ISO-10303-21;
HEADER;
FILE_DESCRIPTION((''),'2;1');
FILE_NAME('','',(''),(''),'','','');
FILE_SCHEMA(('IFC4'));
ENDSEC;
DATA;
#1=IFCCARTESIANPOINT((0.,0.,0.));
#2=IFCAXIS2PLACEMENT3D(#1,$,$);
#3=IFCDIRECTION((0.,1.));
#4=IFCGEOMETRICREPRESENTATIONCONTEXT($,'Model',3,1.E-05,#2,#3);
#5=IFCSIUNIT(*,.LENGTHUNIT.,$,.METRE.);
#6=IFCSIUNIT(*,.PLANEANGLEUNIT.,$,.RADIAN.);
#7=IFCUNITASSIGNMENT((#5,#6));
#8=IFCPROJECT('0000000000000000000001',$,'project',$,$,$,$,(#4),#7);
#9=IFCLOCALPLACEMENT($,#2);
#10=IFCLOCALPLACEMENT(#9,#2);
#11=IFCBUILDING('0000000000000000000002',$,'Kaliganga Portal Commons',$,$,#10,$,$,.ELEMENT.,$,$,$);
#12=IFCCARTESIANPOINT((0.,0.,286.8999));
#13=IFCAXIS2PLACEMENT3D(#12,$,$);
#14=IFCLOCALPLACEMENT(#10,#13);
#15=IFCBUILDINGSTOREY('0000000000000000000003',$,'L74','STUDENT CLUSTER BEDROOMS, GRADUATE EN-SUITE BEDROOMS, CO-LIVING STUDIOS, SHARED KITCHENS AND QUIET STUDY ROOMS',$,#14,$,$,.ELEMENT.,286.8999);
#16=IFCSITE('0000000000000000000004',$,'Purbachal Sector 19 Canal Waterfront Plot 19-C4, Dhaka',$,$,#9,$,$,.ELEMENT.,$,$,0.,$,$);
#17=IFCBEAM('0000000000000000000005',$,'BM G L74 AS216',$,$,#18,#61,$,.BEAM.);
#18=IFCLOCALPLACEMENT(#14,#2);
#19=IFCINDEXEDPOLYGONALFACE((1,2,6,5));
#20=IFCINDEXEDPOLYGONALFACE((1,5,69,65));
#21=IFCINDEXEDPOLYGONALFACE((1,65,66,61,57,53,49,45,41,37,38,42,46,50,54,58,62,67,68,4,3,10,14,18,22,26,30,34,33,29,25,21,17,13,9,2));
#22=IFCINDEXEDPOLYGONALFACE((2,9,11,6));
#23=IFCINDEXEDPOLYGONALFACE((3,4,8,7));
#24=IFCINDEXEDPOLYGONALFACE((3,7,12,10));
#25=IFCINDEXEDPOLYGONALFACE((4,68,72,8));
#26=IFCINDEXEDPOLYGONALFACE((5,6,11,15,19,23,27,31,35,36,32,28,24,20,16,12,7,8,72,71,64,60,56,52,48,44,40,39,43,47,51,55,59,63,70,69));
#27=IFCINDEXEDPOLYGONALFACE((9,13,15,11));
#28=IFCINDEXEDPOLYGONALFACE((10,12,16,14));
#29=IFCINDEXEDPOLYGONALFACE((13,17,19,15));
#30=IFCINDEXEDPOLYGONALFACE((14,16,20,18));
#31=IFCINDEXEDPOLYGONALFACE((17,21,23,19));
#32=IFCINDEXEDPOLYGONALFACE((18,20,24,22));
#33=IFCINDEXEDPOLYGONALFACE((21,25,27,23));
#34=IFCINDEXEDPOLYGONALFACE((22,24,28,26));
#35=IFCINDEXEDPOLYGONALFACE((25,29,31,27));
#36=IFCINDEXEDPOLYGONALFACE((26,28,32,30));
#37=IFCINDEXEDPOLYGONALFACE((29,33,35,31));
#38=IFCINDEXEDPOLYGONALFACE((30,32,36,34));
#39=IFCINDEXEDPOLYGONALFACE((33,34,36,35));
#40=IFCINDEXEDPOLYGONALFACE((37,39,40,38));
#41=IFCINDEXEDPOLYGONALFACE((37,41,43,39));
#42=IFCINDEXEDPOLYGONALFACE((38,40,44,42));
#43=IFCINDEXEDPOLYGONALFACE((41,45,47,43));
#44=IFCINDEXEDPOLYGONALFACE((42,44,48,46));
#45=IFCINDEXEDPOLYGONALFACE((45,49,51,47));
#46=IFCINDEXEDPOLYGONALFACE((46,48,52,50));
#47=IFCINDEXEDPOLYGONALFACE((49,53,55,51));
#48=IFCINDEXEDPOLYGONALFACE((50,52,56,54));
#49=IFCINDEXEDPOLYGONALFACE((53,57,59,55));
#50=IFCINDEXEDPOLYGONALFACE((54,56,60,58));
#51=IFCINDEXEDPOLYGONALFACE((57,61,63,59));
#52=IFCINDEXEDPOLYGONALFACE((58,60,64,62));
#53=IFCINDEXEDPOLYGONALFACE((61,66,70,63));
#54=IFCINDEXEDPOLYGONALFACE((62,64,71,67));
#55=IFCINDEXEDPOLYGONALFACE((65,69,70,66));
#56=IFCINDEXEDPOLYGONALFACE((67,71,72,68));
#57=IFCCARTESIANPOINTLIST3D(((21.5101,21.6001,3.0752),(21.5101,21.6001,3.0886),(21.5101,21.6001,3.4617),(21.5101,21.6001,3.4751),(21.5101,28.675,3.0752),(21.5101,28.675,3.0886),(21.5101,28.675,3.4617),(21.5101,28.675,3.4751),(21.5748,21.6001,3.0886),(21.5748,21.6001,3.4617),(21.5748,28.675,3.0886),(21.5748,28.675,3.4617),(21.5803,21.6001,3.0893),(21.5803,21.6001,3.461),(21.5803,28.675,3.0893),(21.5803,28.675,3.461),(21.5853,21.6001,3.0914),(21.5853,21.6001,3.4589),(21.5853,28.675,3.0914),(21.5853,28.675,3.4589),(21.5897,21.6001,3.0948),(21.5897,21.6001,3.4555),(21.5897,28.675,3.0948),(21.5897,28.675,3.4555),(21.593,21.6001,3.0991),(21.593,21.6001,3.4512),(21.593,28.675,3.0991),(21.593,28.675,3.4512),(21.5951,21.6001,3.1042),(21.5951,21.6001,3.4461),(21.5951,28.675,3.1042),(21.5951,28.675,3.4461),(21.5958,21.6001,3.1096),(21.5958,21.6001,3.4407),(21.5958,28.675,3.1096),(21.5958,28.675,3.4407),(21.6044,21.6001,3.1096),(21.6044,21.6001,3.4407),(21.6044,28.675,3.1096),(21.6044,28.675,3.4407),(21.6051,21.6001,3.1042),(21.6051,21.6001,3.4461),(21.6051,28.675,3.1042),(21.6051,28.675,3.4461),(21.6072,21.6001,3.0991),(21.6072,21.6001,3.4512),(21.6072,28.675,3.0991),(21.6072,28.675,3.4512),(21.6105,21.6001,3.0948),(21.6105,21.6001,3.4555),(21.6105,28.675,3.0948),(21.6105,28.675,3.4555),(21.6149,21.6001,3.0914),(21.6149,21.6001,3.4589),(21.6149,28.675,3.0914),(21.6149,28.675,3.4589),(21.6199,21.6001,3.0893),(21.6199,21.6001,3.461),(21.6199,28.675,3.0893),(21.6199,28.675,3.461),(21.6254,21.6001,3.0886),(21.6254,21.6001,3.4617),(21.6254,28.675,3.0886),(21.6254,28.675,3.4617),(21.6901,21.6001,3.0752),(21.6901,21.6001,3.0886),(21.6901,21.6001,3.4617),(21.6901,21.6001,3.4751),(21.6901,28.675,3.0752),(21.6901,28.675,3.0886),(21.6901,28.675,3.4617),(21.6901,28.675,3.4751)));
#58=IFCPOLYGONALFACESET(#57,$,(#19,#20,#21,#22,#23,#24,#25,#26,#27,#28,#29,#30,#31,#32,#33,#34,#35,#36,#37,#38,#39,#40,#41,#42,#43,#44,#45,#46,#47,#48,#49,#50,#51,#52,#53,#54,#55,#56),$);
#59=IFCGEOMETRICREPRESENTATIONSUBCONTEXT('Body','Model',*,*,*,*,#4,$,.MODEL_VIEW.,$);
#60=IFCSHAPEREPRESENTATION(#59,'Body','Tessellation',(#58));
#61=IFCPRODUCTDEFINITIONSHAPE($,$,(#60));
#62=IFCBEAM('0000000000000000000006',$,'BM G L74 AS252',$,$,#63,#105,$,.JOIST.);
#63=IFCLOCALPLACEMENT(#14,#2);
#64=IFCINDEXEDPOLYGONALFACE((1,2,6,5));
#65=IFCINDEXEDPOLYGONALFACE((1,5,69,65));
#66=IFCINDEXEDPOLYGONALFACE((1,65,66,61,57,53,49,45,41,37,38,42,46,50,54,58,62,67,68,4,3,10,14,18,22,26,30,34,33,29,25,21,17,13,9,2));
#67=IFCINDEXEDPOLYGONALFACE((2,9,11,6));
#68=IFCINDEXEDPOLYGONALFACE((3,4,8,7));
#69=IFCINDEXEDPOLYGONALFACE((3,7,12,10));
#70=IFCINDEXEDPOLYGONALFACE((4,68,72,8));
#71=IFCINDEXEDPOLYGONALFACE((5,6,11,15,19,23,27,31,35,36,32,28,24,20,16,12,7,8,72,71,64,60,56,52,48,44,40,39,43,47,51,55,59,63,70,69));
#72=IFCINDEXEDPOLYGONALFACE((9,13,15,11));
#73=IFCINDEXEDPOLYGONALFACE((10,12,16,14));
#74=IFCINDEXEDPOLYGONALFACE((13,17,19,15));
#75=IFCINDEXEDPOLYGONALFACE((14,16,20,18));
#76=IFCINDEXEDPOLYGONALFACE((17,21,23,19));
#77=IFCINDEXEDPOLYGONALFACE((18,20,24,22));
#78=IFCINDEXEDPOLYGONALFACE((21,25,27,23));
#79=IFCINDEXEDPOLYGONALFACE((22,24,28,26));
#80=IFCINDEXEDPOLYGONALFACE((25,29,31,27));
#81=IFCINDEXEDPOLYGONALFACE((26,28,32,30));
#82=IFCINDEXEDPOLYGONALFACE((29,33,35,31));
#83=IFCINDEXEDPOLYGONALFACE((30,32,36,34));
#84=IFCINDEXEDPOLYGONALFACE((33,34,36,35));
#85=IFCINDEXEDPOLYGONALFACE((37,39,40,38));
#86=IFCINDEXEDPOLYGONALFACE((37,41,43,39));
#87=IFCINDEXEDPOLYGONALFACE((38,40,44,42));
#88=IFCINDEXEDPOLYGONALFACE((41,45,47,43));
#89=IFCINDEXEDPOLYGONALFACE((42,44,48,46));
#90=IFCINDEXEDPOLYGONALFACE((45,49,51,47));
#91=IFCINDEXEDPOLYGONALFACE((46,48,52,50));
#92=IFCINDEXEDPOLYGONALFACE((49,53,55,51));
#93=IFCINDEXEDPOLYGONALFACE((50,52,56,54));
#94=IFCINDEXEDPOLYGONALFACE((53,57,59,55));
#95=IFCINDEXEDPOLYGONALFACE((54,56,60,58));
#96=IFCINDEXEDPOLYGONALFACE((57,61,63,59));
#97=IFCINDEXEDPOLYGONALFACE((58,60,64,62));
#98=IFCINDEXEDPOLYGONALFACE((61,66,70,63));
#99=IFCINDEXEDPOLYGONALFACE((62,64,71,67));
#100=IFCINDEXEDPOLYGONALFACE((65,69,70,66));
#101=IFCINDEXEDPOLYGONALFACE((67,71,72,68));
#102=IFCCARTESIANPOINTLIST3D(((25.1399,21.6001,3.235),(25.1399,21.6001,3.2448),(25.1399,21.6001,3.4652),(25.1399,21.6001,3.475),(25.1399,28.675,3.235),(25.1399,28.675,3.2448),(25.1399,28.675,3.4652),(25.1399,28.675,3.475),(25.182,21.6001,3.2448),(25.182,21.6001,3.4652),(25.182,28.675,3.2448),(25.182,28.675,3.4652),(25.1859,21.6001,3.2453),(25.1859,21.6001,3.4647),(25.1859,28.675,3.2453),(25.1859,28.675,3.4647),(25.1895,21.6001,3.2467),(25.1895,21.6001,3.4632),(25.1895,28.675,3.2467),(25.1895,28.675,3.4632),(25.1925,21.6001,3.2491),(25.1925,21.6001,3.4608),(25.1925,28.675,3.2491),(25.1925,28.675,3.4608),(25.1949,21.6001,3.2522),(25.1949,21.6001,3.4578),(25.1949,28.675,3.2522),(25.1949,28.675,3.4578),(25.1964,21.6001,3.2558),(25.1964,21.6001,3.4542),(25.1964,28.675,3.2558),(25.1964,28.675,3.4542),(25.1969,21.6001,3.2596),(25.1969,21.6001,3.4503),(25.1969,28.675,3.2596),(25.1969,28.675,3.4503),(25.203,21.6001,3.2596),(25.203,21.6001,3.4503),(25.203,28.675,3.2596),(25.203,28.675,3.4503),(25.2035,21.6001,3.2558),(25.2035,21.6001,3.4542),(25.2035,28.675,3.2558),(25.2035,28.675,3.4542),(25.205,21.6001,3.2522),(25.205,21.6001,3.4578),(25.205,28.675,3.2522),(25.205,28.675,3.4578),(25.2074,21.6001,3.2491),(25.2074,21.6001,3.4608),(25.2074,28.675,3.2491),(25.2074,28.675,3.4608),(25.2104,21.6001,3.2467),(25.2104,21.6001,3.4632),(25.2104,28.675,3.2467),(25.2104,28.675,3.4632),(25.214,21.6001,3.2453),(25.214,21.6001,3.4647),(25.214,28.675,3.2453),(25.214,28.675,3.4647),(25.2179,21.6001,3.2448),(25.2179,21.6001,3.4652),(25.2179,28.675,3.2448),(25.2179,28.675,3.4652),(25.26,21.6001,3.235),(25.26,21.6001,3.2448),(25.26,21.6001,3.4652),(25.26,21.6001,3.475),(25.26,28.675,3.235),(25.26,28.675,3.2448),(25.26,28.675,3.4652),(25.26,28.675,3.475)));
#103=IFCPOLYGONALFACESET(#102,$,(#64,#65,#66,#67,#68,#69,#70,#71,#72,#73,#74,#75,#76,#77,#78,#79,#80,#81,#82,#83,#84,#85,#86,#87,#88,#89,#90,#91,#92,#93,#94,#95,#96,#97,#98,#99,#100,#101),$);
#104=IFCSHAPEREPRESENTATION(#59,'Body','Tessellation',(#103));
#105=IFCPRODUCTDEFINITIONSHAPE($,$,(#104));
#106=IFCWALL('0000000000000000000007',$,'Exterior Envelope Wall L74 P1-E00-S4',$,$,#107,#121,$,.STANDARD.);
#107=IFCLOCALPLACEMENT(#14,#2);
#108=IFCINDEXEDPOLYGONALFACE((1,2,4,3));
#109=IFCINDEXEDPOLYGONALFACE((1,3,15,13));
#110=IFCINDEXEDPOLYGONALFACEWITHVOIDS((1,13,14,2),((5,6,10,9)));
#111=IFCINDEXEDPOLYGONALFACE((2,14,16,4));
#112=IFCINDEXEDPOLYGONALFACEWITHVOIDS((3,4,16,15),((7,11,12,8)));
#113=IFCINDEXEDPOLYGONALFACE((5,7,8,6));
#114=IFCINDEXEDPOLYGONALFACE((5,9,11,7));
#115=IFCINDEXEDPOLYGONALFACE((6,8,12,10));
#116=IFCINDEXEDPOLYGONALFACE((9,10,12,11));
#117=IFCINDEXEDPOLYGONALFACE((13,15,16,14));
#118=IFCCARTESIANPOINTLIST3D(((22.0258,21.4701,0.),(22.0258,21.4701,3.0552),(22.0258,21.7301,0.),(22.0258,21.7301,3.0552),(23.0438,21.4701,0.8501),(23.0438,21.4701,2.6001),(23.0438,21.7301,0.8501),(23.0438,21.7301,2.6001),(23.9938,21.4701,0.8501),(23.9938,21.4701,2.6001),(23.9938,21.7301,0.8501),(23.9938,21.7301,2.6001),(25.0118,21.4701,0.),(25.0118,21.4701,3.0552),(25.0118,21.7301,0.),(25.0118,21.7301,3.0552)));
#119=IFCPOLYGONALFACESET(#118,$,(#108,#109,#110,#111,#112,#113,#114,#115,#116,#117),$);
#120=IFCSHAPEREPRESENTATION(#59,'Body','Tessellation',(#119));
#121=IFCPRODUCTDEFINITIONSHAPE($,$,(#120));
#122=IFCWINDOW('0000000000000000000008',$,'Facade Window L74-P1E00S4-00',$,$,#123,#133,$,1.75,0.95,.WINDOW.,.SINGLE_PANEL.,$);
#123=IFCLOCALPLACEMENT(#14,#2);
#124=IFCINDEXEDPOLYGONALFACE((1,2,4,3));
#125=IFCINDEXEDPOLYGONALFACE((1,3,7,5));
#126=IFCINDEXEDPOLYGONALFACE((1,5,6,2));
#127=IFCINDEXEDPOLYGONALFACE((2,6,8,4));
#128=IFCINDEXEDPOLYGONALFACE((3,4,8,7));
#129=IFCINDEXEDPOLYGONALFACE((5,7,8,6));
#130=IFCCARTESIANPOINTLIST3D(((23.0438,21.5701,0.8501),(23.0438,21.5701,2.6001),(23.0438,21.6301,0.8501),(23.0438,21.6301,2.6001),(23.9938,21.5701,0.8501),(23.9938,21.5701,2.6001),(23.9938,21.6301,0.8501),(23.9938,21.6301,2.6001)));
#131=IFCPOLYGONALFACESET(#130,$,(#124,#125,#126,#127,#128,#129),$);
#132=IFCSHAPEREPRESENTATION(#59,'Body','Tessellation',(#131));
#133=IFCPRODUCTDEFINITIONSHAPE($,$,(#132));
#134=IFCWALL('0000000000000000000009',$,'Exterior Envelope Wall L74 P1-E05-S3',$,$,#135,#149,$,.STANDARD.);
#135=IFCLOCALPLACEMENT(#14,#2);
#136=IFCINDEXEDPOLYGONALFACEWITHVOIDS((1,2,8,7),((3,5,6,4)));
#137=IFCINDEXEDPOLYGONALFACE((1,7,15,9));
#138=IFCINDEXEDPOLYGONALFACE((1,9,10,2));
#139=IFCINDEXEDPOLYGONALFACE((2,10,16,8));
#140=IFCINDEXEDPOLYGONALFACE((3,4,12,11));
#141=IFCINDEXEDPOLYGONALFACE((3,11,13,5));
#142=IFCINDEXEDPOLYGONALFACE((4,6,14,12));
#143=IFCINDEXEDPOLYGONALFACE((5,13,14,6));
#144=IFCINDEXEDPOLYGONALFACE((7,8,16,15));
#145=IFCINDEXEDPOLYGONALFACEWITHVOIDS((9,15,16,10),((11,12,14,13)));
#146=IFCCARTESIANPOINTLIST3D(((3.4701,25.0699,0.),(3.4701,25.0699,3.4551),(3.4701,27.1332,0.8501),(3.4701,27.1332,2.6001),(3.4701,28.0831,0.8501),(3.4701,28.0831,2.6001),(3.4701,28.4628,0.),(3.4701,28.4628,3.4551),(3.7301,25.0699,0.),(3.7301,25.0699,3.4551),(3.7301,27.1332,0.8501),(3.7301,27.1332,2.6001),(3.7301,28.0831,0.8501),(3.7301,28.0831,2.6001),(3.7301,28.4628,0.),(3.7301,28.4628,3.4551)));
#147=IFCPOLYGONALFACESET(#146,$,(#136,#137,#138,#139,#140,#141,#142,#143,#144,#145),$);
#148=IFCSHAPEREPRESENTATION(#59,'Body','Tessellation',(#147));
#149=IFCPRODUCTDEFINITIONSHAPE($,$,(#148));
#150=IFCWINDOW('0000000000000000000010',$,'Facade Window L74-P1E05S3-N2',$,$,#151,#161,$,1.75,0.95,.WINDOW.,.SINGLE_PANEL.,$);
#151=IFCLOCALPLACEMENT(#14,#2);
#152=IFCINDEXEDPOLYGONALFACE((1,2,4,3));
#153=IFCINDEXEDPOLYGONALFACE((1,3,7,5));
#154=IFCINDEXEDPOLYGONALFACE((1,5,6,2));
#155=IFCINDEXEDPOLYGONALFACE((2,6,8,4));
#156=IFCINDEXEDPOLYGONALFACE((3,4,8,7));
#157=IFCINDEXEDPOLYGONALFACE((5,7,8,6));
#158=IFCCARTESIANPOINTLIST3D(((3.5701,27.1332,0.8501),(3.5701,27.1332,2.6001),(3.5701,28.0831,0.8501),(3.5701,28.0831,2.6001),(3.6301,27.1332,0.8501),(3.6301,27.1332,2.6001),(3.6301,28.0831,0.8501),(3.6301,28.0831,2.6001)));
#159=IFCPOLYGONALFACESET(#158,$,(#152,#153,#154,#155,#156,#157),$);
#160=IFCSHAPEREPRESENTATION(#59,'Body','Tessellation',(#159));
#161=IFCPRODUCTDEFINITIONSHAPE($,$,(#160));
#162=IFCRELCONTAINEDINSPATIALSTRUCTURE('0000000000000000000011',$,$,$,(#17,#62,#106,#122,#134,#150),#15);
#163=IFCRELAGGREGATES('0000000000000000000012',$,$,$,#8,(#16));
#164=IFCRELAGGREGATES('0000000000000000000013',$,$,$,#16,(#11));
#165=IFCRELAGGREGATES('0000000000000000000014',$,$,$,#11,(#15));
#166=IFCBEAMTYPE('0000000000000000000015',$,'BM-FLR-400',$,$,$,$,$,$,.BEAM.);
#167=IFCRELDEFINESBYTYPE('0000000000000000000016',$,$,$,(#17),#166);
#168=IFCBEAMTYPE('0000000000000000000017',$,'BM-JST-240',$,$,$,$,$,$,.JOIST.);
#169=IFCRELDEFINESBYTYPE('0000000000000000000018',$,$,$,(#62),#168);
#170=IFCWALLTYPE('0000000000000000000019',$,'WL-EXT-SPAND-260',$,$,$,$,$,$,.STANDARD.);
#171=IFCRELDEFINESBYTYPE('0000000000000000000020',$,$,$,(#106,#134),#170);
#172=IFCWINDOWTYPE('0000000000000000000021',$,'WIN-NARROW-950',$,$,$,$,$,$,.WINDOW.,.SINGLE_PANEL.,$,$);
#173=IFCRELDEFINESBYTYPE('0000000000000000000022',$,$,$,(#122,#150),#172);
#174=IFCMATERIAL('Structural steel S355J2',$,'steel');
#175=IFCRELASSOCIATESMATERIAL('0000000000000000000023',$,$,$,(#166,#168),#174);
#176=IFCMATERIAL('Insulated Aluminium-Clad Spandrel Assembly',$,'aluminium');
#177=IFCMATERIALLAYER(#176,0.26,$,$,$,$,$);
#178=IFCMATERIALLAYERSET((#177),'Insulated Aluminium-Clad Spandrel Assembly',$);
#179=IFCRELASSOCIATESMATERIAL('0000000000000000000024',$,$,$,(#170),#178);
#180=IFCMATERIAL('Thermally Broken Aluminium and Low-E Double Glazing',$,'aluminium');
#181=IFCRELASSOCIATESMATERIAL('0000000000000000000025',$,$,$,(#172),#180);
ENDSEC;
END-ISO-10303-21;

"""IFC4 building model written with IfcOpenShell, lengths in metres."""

from ifc_helpers import new_model, si_unit, direction, frame, frame_2d, origin, origin_2d, place, context, subcontext, project, spatial, rectangle, i_section, extrude, source, transform, mapped, material, layer, layer_set, material_profile, profile_set, type_object, element, fill, save


model = new_model("IFC4")

# Units and contexts
model_context = context("Model", 3, precision=1e-05, world=origin(), true_north=direction((0.0, 1.0)))
body_context = subcontext(model_context, "Body", "Model", "MODEL_VIEW")
ifc_project = project(units=[si_unit("LENGTHUNIT", "METRE"), si_unit("PLANEANGLEUNIT", "RADIAN")], contexts=[model_context])

# Site, building, storey
site_placement = place(None, origin())
site = spatial("IfcSite", under=ifc_project, at=site_placement, Name="Purbachal Sector 19 Canal Waterfront Plot 19-C4, Dhaka", CompositionType="ELEMENT", RefElevation=0.0)
building_placement = place(site_placement, origin())
building = spatial("IfcBuilding", under=site, at=building_placement, Name="Kaliganga Portal Commons", CompositionType="ELEMENT")
storey_placement = place(building_placement, frame((0.0, 0.0, 286.8999)))
storey = spatial("IfcBuildingStorey", under=building, at=storey_placement, Name="L74", Description="STUDENT CLUSTER BEDROOMS, GRADUATE EN-SUITE BEDROOMS, CO-LIVING STUDIOS, SHARED KITCHENS AND QUIET STUDY ROOMS", CompositionType="ELEMENT", Elevation=286.8999)

# Shared definitions
ifc_material_1 = material(Name="Structural steel S355J2", Category="steel")

# Beams
ifc_material_profile_1 = material_profile(ifc_material_1, i_section(OverallWidth=0.1799, OverallDepth=0.3999, WebThickness=0.0085, FlangeThickness=0.0134, FilletRadius=0.021, at=origin_2d()), Name="IPE 400")
ifc_profile_set_1 = profile_set([ifc_material_profile_1], Name="Structural steel S355J2 wide-flange")
beam_type_1 = type_object("IfcBeamType", Name="BM-FLR-400", PredefinedType="BEAM", material=ifc_profile_set_1)
shared_shape_1 = source(origin(), body_context, "Body", "SweptSolid", [
    extrude(i_section(OverallWidth=0.1799, OverallDepth=0.3999, WebThickness=0.0085, FlangeThickness=0.0134, FilletRadius=0.021, at=origin_2d()), origin(), (0.0, 0.0, 1.0), 7.075),
])
beam_1_placement = place(storey_placement, frame((21.6001, 21.6001, 3.2751), z_axis=(0.0, 1.0, 0.0), x_axis=(-1.0, 0.0, 0.0)))
element("IfcBeam", 1, at=beam_1_placement, inside=storey, type_object=beam_type_1, Name="BM G L74 AS216", PredefinedType="BEAM", context=body_context, shape_type="MappedRepresentation", body=[
    mapped(shared_shape_1, transform((0.0, 0.0, 0.0), x_axis=(1.0, 0.0, 0.0), y_axis=(0.0, 1.0, 0.0), z_axis=(0.0, 0.0, 1.0), scale=1.0)),
])
ifc_material_profile_2 = material_profile(ifc_material_1, i_section(OverallWidth=0.1201, OverallDepth=0.24, WebThickness=0.0061, FlangeThickness=0.0098, FilletRadius=0.0149, at=origin_2d()), Name="IPE 240")
ifc_profile_set_2 = profile_set([ifc_material_profile_2], Name="Structural steel S355J2 wide-flange")
beam_type_2 = type_object("IfcBeamType", Name="BM-JST-240", PredefinedType="JOIST", material=ifc_profile_set_2)
shared_shape_2 = source(origin(), body_context, "Body", "SweptSolid", [
    extrude(i_section(OverallWidth=0.1201, OverallDepth=0.24, WebThickness=0.0061, FlangeThickness=0.0098, FilletRadius=0.0149, at=origin_2d()), origin(), (0.0, 0.0, 1.0), 7.075),
])
beam_2_placement = place(storey_placement, frame((25.2, 21.6001, 3.355), z_axis=(0.0, 1.0, 0.0), x_axis=(-1.0, 0.0, 0.0)))
element("IfcBeam", 2, at=beam_2_placement, inside=storey, type_object=beam_type_2, Name="BM G L74 AS252", PredefinedType="JOIST", context=body_context, shape_type="MappedRepresentation", body=[
    mapped(shared_shape_2, transform((0.0, 0.0, 0.0), x_axis=(1.0, 0.0, 0.0), y_axis=(0.0, 1.0, 0.0), z_axis=(0.0, 0.0, 1.0), scale=1.0)),
])

# Walls, openings, windows
ifc_material_2 = material(Name="Insulated Aluminium-Clad Spandrel Assembly", Category="aluminium")
ifc_layer_1 = layer(ifc_material_2, 0.26)
ifc_layer_set_1 = layer_set([ifc_layer_1], Name="Insulated Aluminium-Clad Spandrel Assembly")
wall_type_1 = type_object("IfcWallType", Name="WL-EXT-SPAND-260", PredefinedType="STANDARD", material=ifc_layer_set_1)
wall_1_placement = place(storey_placement, frame((25.012, 21.6001, 0.0), z_axis=(0.0, 0.0, 1.0), x_axis=(-1.0, 0.0, 0.0)))
wall_1 = element("IfcWall", 3, at=wall_1_placement, inside=storey, type_object=wall_type_1, Name="Exterior Envelope Wall L74 P1-E00-S4", PredefinedType="STANDARD", context=body_context, shape_type="SweptSolid", body=[
    extrude(rectangle(XDim=2.9861, YDim=0.26, at=frame_2d((1.4932, 0.0))), origin(), (0.0, 0.0, 1.0), 3.0552),
])
opening_1_placement = place(wall_1_placement, frame((1.0181, 0.0, 0.8501)))
opening_1 = element("IfcOpeningElement", 4, at=opening_1_placement, cuts=wall_1, PredefinedType="OPENING", context=body_context, shape_type="SweptSolid", body=[
    extrude(rectangle(XDim=0.95, YDim=1.75, at=frame_2d((0.4751, 0.875))), frame((0.0, 0.1401, 0.0), z_axis=(0.0, -1.0, 0.0), x_axis=(1.0, 0.0, 0.0)), (0.0, 0.0, 1.0), 0.28),
])
ifc_material_3 = material(Name="Thermally Broken Aluminium and Low-E Double Glazing", Category="aluminium")
window_type_1 = type_object("IfcWindowType", Name="WIN-NARROW-950", PartitioningType="SINGLE_PANEL", PredefinedType="WINDOW", material=ifc_material_3)
window_1_placement = place(opening_1_placement, origin())
window_1 = element("IfcWindow", 5, at=window_1_placement, inside=storey, type_object=window_type_1, Name="Facade Window L74-P1E00S4-00", OverallHeight=1.75, OverallWidth=0.95, PartitioningType="SINGLE_PANEL", PredefinedType="WINDOW", context=body_context, shape_type="SweptSolid", body=[
    extrude(rectangle(XDim=0.95, YDim=1.75, at=frame_2d((0.4751, 0.875))), frame((0.0, 0.03, 0.0), z_axis=(0.0, -1.0, 0.0), x_axis=(1.0, 0.0, 0.0)), (0.0, 0.0, 1.0), 0.0601),
])
fill(opening_1, window_1)
wall_2_placement = place(storey_placement, frame((3.6001, 25.0701, 0.0), z_axis=(0.0, 0.0, 1.0), x_axis=(0.0, 1.0, 0.0)))
wall_2 = element("IfcWall", 6, at=wall_2_placement, inside=storey, type_object=wall_type_1, Name="Exterior Envelope Wall L74 P1-E05-S3", PredefinedType="STANDARD", context=body_context, shape_type="SweptSolid", body=[
    extrude(rectangle(XDim=3.3928, YDim=0.26, at=frame_2d((1.6963, 0.0))), origin(), (0.0, 0.0, 1.0), 3.4551),
])
opening_2_placement = place(wall_2_placement, frame((2.063, 0.0, 0.8501)))
opening_2 = element("IfcOpeningElement", 7, at=opening_2_placement, cuts=wall_2, PredefinedType="OPENING", context=body_context, shape_type="SweptSolid", body=[
    extrude(rectangle(XDim=0.95, YDim=1.75, at=frame_2d((0.4751, 0.875))), frame((0.0, 0.1401, 0.0), z_axis=(0.0, -1.0, 0.0), x_axis=(1.0, 0.0, 0.0)), (0.0, 0.0, 1.0), 0.28),
])
window_2_placement = place(opening_2_placement, origin())
window_2 = element("IfcWindow", 8, at=window_2_placement, inside=storey, type_object=window_type_1, Name="Facade Window L74-P1E05S3-N2", OverallHeight=1.75, OverallWidth=0.95, PartitioningType="SINGLE_PANEL", PredefinedType="WINDOW", context=body_context, shape_type="SweptSolid", body=[
    extrude(rectangle(XDim=0.95, YDim=1.75, at=frame_2d((0.4751, 0.875))), frame((0.0, 0.03, 0.0), z_axis=(0.0, -1.0, 0.0), x_axis=(1.0, 0.0, 0.0)), (0.0, 0.0, 1.0), 0.0601),
])
fill(opening_2, window_2)

save(model, "model.ifc")
